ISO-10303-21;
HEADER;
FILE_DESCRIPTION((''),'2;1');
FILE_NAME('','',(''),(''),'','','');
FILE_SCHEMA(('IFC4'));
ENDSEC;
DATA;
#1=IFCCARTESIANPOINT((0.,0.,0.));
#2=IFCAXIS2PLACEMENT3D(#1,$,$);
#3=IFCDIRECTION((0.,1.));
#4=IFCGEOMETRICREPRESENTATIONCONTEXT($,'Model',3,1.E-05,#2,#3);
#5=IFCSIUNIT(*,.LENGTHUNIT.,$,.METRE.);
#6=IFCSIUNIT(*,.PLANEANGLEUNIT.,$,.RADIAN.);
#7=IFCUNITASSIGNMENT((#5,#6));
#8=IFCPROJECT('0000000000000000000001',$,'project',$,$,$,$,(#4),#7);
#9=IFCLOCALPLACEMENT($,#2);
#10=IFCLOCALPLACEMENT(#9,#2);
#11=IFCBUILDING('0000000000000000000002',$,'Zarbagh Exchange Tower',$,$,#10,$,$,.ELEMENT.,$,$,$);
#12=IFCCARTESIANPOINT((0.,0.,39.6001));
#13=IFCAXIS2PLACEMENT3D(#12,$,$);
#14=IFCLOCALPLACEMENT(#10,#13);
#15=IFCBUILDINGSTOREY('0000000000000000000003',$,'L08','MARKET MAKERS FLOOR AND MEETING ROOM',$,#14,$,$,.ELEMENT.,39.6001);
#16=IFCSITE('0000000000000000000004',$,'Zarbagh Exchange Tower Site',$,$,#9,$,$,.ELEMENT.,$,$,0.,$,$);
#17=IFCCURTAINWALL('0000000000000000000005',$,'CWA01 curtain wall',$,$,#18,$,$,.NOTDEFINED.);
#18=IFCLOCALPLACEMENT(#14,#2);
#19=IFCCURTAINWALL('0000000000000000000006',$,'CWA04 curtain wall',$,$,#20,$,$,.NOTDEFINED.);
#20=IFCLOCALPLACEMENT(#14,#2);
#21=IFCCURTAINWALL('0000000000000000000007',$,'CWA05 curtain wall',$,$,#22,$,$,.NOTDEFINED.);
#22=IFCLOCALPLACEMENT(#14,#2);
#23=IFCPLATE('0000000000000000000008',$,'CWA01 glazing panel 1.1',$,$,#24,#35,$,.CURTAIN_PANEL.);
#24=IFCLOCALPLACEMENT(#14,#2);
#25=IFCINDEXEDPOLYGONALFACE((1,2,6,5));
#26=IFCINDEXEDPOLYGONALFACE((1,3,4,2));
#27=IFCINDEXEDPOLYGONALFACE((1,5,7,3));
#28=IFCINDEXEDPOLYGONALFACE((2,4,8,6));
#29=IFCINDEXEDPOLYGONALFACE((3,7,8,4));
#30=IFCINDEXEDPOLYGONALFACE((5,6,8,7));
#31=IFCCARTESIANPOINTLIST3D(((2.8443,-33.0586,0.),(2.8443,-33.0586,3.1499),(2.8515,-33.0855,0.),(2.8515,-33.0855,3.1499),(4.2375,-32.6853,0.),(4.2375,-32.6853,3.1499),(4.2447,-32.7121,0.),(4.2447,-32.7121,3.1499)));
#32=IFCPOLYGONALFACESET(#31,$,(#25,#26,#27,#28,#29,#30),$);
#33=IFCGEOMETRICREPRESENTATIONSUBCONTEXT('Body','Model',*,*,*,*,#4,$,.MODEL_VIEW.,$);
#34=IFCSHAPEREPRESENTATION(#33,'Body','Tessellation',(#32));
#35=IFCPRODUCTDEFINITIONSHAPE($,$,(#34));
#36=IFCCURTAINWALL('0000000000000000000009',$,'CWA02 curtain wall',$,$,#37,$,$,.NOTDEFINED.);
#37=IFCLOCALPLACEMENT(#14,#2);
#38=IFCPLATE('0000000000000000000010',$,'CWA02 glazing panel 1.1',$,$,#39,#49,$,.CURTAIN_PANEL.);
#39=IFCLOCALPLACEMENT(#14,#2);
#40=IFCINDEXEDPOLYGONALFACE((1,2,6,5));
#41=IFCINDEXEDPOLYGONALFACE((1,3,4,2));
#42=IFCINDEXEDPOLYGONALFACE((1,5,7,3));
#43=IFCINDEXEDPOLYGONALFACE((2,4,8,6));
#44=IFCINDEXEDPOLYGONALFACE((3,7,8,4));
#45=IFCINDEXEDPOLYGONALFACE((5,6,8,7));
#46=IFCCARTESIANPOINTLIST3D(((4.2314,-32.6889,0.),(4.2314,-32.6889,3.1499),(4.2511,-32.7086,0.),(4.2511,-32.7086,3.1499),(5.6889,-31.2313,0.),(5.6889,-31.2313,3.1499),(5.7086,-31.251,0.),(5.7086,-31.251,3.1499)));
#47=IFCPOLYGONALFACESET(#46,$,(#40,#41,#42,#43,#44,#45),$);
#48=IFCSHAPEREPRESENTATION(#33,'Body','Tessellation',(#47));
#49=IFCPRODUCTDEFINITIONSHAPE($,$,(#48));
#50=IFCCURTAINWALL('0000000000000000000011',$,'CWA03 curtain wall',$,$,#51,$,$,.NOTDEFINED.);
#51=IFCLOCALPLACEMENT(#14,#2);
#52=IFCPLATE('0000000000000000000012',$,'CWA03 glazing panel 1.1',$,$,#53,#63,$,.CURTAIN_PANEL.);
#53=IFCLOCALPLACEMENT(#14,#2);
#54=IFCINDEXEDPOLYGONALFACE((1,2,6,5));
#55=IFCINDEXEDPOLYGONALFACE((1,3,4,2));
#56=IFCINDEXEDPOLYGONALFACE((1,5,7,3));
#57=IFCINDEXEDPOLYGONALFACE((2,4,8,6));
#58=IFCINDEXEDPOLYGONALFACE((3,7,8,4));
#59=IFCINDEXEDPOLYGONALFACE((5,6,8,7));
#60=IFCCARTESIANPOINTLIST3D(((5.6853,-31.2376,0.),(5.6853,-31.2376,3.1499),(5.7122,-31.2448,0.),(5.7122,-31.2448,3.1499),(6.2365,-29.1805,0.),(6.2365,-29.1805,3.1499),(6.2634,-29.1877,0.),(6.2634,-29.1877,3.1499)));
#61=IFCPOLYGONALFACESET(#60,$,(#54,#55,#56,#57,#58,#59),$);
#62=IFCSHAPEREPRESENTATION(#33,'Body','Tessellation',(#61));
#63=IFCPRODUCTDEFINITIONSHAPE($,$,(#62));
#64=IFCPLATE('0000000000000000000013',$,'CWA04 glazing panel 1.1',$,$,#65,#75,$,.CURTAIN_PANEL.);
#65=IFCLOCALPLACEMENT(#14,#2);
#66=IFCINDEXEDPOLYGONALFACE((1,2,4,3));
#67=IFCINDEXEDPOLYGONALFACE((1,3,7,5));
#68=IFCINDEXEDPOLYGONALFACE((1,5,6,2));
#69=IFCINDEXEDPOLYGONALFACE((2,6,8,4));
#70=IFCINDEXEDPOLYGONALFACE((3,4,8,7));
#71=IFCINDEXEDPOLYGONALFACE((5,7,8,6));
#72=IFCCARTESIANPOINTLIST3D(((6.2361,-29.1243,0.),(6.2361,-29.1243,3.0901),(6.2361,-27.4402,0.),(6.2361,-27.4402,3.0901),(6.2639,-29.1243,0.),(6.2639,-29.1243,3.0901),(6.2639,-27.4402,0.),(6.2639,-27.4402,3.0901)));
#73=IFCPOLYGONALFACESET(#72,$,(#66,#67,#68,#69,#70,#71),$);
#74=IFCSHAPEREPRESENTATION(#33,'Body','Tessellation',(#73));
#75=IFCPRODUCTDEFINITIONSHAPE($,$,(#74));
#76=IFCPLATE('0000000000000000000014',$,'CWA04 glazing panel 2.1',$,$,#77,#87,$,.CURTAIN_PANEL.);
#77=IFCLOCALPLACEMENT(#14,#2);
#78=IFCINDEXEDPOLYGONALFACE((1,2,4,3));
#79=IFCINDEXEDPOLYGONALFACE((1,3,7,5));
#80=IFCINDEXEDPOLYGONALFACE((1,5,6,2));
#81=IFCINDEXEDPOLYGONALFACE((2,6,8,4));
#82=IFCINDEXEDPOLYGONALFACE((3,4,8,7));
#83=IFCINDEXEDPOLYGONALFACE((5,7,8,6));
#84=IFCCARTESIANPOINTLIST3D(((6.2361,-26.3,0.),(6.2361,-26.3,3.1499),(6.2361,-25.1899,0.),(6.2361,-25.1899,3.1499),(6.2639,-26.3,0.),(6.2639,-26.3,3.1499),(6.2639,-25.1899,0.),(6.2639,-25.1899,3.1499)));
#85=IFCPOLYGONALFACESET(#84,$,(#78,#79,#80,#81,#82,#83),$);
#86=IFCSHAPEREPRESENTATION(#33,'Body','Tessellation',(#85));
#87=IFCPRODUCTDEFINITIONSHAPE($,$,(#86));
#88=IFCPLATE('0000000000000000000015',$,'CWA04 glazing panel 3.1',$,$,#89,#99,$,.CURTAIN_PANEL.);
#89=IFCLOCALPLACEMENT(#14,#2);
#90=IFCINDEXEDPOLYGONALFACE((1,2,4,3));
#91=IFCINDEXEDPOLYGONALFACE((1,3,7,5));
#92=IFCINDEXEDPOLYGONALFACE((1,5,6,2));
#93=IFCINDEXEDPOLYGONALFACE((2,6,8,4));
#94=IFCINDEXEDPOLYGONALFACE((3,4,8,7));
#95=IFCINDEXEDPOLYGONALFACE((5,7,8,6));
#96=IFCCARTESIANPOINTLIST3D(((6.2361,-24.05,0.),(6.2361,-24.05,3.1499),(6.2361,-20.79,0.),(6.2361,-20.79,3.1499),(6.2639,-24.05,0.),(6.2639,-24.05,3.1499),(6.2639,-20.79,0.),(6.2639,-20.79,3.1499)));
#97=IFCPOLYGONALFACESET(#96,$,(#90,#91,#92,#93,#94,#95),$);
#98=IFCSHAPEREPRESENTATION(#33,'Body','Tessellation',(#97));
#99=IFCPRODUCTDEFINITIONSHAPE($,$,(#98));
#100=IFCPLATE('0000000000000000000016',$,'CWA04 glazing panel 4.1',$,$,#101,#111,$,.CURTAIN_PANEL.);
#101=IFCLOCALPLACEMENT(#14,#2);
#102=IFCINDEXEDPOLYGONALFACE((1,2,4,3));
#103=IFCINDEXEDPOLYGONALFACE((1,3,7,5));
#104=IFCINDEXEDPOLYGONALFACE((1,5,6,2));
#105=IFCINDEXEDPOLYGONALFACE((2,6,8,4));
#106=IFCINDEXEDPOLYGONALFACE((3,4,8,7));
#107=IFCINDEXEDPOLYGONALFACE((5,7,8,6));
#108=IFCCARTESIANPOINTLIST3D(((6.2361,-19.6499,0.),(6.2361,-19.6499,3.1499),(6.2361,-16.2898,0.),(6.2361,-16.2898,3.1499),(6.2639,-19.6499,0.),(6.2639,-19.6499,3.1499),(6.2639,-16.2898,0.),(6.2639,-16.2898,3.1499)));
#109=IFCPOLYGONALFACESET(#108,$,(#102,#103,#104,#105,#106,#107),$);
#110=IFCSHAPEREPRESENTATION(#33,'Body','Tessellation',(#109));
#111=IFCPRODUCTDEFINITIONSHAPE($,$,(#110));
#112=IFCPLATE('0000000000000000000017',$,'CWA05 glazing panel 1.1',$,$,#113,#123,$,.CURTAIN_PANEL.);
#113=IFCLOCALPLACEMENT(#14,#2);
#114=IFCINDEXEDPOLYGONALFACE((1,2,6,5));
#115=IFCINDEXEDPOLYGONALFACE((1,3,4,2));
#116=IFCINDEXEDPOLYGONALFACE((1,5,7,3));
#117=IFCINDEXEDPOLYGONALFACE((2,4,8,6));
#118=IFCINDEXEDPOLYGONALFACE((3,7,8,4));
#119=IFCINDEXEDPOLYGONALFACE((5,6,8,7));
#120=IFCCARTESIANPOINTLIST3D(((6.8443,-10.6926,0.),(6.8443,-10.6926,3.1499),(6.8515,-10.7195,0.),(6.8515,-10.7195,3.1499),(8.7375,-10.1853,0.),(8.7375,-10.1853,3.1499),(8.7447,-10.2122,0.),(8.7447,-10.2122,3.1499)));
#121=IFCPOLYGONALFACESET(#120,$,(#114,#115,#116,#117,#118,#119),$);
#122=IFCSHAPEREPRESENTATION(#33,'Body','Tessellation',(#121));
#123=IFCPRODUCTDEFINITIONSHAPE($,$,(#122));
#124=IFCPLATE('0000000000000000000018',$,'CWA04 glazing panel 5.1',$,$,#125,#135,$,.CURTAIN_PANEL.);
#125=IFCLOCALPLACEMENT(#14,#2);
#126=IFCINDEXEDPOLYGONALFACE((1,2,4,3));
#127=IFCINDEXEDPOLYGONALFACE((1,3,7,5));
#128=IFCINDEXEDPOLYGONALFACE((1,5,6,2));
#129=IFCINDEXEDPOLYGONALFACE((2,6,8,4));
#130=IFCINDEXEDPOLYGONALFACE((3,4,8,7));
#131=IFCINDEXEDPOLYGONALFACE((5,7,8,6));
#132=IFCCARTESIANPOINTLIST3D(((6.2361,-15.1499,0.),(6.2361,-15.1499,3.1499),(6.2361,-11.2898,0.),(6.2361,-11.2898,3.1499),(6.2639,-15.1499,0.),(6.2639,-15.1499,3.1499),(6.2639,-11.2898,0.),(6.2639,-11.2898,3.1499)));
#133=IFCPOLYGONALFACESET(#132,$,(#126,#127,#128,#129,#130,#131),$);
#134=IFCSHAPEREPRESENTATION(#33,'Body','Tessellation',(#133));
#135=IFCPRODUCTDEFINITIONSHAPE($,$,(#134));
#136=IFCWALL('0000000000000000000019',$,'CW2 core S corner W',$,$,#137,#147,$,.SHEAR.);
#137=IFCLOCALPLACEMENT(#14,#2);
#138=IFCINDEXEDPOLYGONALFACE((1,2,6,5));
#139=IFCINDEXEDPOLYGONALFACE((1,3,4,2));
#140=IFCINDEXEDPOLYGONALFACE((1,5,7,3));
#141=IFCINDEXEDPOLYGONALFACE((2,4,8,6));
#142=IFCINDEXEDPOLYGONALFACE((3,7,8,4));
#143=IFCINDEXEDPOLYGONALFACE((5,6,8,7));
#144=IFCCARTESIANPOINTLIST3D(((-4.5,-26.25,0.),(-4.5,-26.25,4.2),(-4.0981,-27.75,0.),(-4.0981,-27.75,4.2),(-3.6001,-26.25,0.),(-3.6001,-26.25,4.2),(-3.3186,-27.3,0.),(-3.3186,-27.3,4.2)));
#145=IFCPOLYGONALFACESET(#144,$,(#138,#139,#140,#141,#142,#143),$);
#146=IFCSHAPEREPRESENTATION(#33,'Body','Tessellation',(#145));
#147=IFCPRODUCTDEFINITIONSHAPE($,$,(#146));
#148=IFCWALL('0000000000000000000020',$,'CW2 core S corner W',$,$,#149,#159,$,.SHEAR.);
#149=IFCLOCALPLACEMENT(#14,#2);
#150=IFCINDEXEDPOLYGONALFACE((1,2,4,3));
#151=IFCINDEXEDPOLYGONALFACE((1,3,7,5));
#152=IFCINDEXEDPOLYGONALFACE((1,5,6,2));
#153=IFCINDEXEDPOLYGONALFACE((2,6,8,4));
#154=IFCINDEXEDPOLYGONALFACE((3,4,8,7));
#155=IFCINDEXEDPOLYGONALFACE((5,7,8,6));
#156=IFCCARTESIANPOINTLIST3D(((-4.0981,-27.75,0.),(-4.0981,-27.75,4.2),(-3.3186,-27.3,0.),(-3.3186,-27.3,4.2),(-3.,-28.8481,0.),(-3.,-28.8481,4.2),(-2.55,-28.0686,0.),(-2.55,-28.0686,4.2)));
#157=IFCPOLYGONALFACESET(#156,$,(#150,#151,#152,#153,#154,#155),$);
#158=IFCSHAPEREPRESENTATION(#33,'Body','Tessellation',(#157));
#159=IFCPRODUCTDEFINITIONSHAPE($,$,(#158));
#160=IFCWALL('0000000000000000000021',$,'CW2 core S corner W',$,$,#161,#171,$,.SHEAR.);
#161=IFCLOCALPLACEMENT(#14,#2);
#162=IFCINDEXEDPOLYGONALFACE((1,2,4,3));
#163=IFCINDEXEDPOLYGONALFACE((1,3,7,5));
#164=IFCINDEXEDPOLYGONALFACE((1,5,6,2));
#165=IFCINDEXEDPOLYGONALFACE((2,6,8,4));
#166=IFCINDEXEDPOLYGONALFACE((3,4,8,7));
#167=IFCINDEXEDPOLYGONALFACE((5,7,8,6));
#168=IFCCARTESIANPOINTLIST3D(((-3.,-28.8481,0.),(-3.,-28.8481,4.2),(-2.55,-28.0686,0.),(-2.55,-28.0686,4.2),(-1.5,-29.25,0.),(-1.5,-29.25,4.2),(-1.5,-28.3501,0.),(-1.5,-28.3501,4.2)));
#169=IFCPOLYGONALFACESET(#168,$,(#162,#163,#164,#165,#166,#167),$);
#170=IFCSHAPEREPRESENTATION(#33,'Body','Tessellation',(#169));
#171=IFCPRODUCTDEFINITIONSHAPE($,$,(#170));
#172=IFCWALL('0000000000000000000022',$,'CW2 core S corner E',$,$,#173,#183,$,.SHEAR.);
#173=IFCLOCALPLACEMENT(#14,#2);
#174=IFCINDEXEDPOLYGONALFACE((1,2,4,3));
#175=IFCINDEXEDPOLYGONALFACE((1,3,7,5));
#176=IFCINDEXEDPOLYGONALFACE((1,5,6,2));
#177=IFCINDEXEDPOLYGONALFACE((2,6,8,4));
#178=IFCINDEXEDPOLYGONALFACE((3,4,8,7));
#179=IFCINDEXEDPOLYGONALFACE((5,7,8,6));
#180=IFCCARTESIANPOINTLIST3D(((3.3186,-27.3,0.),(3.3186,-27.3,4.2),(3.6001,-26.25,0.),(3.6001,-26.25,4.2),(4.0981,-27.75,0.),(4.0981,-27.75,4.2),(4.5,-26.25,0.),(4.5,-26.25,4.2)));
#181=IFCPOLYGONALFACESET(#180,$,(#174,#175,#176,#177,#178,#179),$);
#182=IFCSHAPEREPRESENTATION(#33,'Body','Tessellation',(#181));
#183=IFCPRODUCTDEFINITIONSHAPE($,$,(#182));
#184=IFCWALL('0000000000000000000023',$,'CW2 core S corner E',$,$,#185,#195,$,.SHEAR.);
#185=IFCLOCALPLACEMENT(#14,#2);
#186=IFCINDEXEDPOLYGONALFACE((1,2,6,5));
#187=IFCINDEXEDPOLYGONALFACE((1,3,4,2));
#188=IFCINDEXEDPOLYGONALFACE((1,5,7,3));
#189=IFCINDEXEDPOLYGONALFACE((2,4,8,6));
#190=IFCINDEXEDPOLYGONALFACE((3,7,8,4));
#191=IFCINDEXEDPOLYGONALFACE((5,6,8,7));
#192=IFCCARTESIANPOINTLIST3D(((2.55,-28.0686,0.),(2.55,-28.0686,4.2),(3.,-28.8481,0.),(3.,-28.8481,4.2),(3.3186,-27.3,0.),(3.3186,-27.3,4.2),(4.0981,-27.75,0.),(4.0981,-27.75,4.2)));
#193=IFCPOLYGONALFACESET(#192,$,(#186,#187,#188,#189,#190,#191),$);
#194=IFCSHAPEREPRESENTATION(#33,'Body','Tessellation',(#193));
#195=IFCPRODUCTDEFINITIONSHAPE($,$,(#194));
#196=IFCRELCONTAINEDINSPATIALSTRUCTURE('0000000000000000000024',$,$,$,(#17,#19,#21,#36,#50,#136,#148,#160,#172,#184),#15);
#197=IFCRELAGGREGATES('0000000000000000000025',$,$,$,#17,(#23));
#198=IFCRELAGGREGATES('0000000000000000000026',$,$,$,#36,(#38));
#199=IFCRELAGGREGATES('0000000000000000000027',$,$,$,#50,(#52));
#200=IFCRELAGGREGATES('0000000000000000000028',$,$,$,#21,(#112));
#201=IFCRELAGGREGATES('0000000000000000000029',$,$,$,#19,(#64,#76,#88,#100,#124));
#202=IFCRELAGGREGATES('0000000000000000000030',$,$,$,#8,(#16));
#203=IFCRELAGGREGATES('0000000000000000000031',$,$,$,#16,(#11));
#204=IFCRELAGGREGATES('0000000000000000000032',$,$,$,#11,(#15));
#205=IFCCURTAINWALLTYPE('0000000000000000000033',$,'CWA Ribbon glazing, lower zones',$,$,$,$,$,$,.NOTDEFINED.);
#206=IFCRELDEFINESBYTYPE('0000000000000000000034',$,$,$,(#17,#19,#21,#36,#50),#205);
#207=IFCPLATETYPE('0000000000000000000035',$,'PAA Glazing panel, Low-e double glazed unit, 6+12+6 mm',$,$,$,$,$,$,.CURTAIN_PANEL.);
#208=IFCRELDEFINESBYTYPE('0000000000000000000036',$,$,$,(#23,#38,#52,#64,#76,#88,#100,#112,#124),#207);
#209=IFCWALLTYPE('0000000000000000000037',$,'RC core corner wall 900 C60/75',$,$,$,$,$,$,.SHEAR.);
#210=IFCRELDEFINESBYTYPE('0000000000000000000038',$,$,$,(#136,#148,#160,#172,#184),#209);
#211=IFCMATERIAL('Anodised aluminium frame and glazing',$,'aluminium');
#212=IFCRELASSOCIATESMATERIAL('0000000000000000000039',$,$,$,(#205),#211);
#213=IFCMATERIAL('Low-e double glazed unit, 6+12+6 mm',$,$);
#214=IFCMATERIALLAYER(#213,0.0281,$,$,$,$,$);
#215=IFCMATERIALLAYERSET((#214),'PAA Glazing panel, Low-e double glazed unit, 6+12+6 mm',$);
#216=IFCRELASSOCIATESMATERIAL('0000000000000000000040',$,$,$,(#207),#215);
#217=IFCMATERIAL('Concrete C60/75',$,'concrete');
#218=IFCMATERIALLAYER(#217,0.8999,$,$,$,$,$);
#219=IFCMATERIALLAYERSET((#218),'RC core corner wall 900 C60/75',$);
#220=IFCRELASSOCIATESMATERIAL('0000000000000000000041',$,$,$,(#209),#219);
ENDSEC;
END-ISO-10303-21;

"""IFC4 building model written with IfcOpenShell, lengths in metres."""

from ifc_helpers import new_model, si_unit, direction, frame, origin, place, context, subcontext, project, spatial, polyline, outline, extrude, source, transform, mapped, material, layer, layer_set, type_object, element, aggregate, save


model = new_model("IFC4")

# Units and contexts
model_context = context("Model", 3, precision=1e-05, world=origin(), true_north=direction((0.0, 1.0)))
body_context = subcontext(model_context, "Body", "Model", "MODEL_VIEW")
ifc_project = project(units=[si_unit("LENGTHUNIT", "METRE"), si_unit("PLANEANGLEUNIT", "RADIAN")], contexts=[model_context])

# Site, building, storey
site_placement = place(None, origin())
site = spatial("IfcSite", under=ifc_project, at=site_placement, Name="Zarbagh Exchange Tower Site", CompositionType="ELEMENT", RefElevation=0.0)
building_placement = place(site_placement, origin())
building = spatial("IfcBuilding", under=site, at=building_placement, Name="Zarbagh Exchange Tower", CompositionType="ELEMENT")
storey_placement = place(building_placement, frame((0.0, 0.0, 39.6001)))
storey = spatial("IfcBuildingStorey", under=building, at=storey_placement, Name="L08", Description="MARKET MAKERS FLOOR AND MEETING ROOM", CompositionType="ELEMENT", Elevation=39.6001)

# Curtain wall
ifc_material_1 = material(Name="Anodised aluminium frame and glazing", Category="aluminium")
curtain_wall_type = type_object("IfcCurtainWallType", Name="CWA Ribbon glazing, lower zones", PredefinedType="NOTDEFINED", material=ifc_material_1)
curtain_wall_1_placement = place(storey_placement, origin())
curtain_wall_1 = element("IfcCurtainWall", 1, at=curtain_wall_1_placement, inside=storey, type_object=curtain_wall_type, Name="CWA01 curtain wall", PredefinedType="NOTDEFINED")
placement = place(storey_placement, origin())

# Curtain wall
curtain_wall_2_placement = place(storey_placement, origin())
curtain_wall_2 = element("IfcCurtainWall", 2, at=curtain_wall_2_placement, inside=storey, type_object=curtain_wall_type, Name="CWA04 curtain wall", PredefinedType="NOTDEFINED")

# Curtain wall
curtain_wall_3_placement = place(storey_placement, origin())
curtain_wall_3 = element("IfcCurtainWall", 3, at=curtain_wall_3_placement, inside=storey, type_object=curtain_wall_type, Name="CWA05 curtain wall", PredefinedType="NOTDEFINED")

# Plate
ifc_material_2 = material(Name="Low-e double glazed unit, 6+12+6 mm")
ifc_layer_1 = layer(ifc_material_2, 0.0281)
ifc_layer_set_1 = layer_set([ifc_layer_1], Name="PAA Glazing panel, Low-e double glazed unit, 6+12+6 mm")
plate_type = type_object("IfcPlateType", Name="PAA Glazing panel, Low-e double glazed unit, 6+12+6 mm", PredefinedType="CURTAIN_PANEL", material=ifc_layer_set_1)
shared_shape_1 = source(origin(), body_context, "Body", "SweptSolid", [
    extrude(outline(polyline([(0.0, -0.0139), (1.4424, -0.0139), (1.4424, 0.0139), (0.0, 0.0139), (0.0, -0.0139)])), origin(), (0.0, 0.0, 1.0), 3.1499),
])
plate_1 = element("IfcPlate", 4, at=placement, type_object=plate_type, Name="CWA01 glazing panel 1.1", PredefinedType="CURTAIN_PANEL", context=body_context, shape_type="MappedRepresentation", body=[
    mapped(shared_shape_1, transform((2.8479, -33.072, 0.0), x_axis=(0.965924, 0.258825, 0.0), y_axis=(-0.258825, 0.965924, 0.0), z_axis=(0.0, 0.0, 1.0))),
])
aggregate(curtain_wall_1, [plate_1])

# Curtain walls, plates
curtain_wall_4_placement = place(storey_placement, origin())
curtain_wall_4 = element("IfcCurtainWall", 5, at=curtain_wall_4_placement, inside=storey, type_object=curtain_wall_type, Name="CWA02 curtain wall", PredefinedType="NOTDEFINED")
shared_shape_2 = source(origin(), body_context, "Body", "SweptSolid", [
    extrude(outline(polyline([(0.0, -0.0139), (2.0613, -0.0139), (2.0613, 0.0139), (0.0, 0.0139), (0.0, -0.0139)])), origin(), (0.0, 0.0, 1.0), 3.1499),
])
plate_2 = element("IfcPlate", 6, at=placement, type_object=plate_type, Name="CWA02 glazing panel 1.1", PredefinedType="CURTAIN_PANEL", context=body_context, shape_type="MappedRepresentation", body=[
    mapped(shared_shape_2, transform((4.2412, -32.6987, 0.0), x_axis=(0.707107, 0.707107, 0.0), y_axis=(-0.707107, 0.707107, 0.0), z_axis=(0.0, 0.0, 1.0))),
])
aggregate(curtain_wall_4, [plate_2])
curtain_wall_5_placement = place(storey_placement, origin())
curtain_wall_5 = element("IfcCurtainWall", 7, at=curtain_wall_5_placement, inside=storey, type_object=curtain_wall_type, Name="CWA03 curtain wall", PredefinedType="NOTDEFINED")
shared_shape_3 = source(origin(), body_context, "Body", "SweptSolid", [
    extrude(outline(polyline([(0.0, -0.0139), (2.1296, -0.0139), (2.1296, 0.0139), (0.0, 0.0139), (0.0, -0.0139)])), origin(), (0.0, 0.0, 1.0), 3.1499),
])
plate_3 = element("IfcPlate", 8, at=placement, type_object=plate_type, Name="CWA03 glazing panel 1.1", PredefinedType="CURTAIN_PANEL", context=body_context, shape_type="MappedRepresentation", body=[
    mapped(shared_shape_3, transform((5.6987, -31.2412, 0.0), x_axis=(0.258825, 0.965924, 0.0), y_axis=(-0.965924, 0.258825, 0.0), z_axis=(0.0, 0.0, 1.0))),
])
aggregate(curtain_wall_5, [plate_3])

# Plates
shared_shape_4 = source(origin(), body_context, "Body", "SweptSolid", [
    extrude(outline(polyline([(0.0, -0.0139), (1.6841, -0.0139), (1.6841, 0.0139), (0.0, 0.0139), (0.0, -0.0139)])), origin(), (0.0, 0.0, 1.0), 3.0901),
])
plate_4 = element("IfcPlate", 9, at=placement, type_object=plate_type, Name="CWA04 glazing panel 1.1", PredefinedType="CURTAIN_PANEL", context=body_context, shape_type="MappedRepresentation", body=[
    mapped(shared_shape_4, transform((6.25, -29.1243, 0.0), x_axis=(0.0, 1.0, 0.0), y_axis=(-1.0, 0.0, 0.0), z_axis=(0.0, 0.0, 1.0))),
])
shared_shape_5 = source(origin(), body_context, "Body", "SweptSolid", [
    extrude(outline(polyline([(0.0, -0.0139), (1.1101, -0.0139), (1.1101, 0.0139), (0.0, 0.0139), (0.0, -0.0139)])), origin(), (0.0, 0.0, 1.0), 3.1499),
])
plate_5 = element("IfcPlate", 10, at=placement, type_object=plate_type, Name="CWA04 glazing panel 2.1", PredefinedType="CURTAIN_PANEL", context=body_context, shape_type="MappedRepresentation", body=[
    mapped(shared_shape_5, transform((6.25, -26.3, 0.0), x_axis=(0.0, 1.0, 0.0), y_axis=(-1.0, 0.0, 0.0), z_axis=(0.0, 0.0, 1.0))),
])
shared_shape_6 = source(origin(), body_context, "Body", "SweptSolid", [
    extrude(outline(polyline([(0.0, -0.0139), (3.26, -0.0139), (3.26, 0.0139), (0.0, 0.0139), (0.0, -0.0139)])), origin(), (0.0, 0.0, 1.0), 3.1499),
])
plate_6 = element("IfcPlate", 11, at=placement, type_object=plate_type, Name="CWA04 glazing panel 3.1", PredefinedType="CURTAIN_PANEL", context=body_context, shape_type="MappedRepresentation", body=[
    mapped(shared_shape_6, transform((6.25, -24.05, 0.0), x_axis=(0.0, 1.0, 0.0), y_axis=(-1.0, 0.0, 0.0), z_axis=(0.0, 0.0, 1.0))),
])
shared_shape_7 = source(origin(), body_context, "Body", "SweptSolid", [
    extrude(outline(polyline([(0.0, -0.0139), (3.3601, -0.0139), (3.3601, 0.0139), (0.0, 0.0139), (0.0, -0.0139)])), origin(), (0.0, 0.0, 1.0), 3.1499),
])
plate_7 = element("IfcPlate", 12, at=placement, type_object=plate_type, Name="CWA04 glazing panel 4.1", PredefinedType="CURTAIN_PANEL", context=body_context, shape_type="MappedRepresentation", body=[
    mapped(shared_shape_7, transform((6.25, -19.6499, 0.0), x_axis=(0.0, 1.0, 0.0), y_axis=(-1.0, 0.0, 0.0), z_axis=(0.0, 0.0, 1.0))),
])
shared_shape_8 = source(origin(), body_context, "Body", "SweptSolid", [
    extrude(outline(polyline([(0.0, -0.0139), (1.96, -0.0139), (1.96, 0.0139), (0.0, 0.0139), (0.0, -0.0139)])), origin(), (0.0, 0.0, 1.0), 3.1499),
])
plate_8 = element("IfcPlate", 13, at=placement, type_object=plate_type, Name="CWA05 glazing panel 1.1", PredefinedType="CURTAIN_PANEL", context=body_context, shape_type="MappedRepresentation", body=[
    mapped(shared_shape_8, transform((6.8479, -10.7061, 0.0), x_axis=(0.965924, 0.258825, 0.0), y_axis=(-0.258825, 0.965924, 0.0), z_axis=(0.0, 0.0, 1.0))),
])
aggregate(curtain_wall_3, [plate_8])
shared_shape_9 = source(origin(), body_context, "Body", "SweptSolid", [
    extrude(outline(polyline([(0.0, -0.0139), (3.8601, -0.0139), (3.8601, 0.0139), (0.0, 0.0139), (0.0, -0.0139)])), origin(), (0.0, 0.0, 1.0), 3.1499),
])
plate_9 = element("IfcPlate", 14, at=placement, type_object=plate_type, Name="CWA04 glazing panel 5.1", PredefinedType="CURTAIN_PANEL", context=body_context, shape_type="MappedRepresentation", body=[
    mapped(shared_shape_9, transform((6.25, -15.1499, 0.0), x_axis=(0.0, 1.0, 0.0), y_axis=(-1.0, 0.0, 0.0), z_axis=(0.0, 0.0, 1.0))),
])
aggregate(curtain_wall_2, [plate_4, plate_5, plate_6, plate_7, plate_9])

# Walls
ifc_material_3 = material(Name="Concrete C60/75", Category="concrete")
ifc_layer_2 = layer(ifc_material_3, 0.8999)
ifc_layer_set_2 = layer_set([ifc_layer_2], Name="RC core corner wall 900 C60/75")
wall_type = type_object("IfcWallType", Name="RC core corner wall 900 C60/75", PredefinedType="SHEAR", material=ifc_layer_set_2)
wall_1_placement = place(storey_placement, origin())
element("IfcWall", 15, at=wall_1_placement, inside=storey, type_object=wall_type, Name="CW2 core S corner W", PredefinedType="SHEAR", context=body_context, shape_type="SweptSolid", body=[
    extrude(outline(polyline([(-4.5, -26.25), (-4.0981, -27.75), (-3.3186, -27.3), (-3.6001, -26.25), (-4.5, -26.25)])), origin(), (0.0, 0.0, 1.0), 4.2),
])
wall_2_placement = place(storey_placement, origin())
element("IfcWall", 16, at=wall_2_placement, inside=storey, type_object=wall_type, Name="CW2 core S corner W", PredefinedType="SHEAR", context=body_context, shape_type="SweptSolid", body=[
    extrude(outline(polyline([(-4.0981, -27.75), (-3.0, -28.8481), (-2.55, -28.0686), (-3.3186, -27.3), (-4.0981, -27.75)])), origin(), (0.0, 0.0, 1.0), 4.2),
])
wall_3_placement = place(storey_placement, origin())
element("IfcWall", 17, at=wall_3_placement, inside=storey, type_object=wall_type, Name="CW2 core S corner W", PredefinedType="SHEAR", context=body_context, shape_type="SweptSolid", body=[
    extrude(outline(polyline([(-3.0, -28.8481), (-1.5, -29.25), (-1.5, -28.3501), (-2.55, -28.0686), (-3.0, -28.8481)])), origin(), (0.0, 0.0, 1.0), 4.2),
])
wall_4_placement = place(storey_placement, origin())
element("IfcWall", 18, at=wall_4_placement, inside=storey, type_object=wall_type, Name="CW2 core S corner E", PredefinedType="SHEAR", context=body_context, shape_type="SweptSolid", body=[
    extrude(outline(polyline([(4.5, -26.25), (4.0981, -27.75), (3.3186, -27.3), (3.6001, -26.25), (4.5, -26.25)])), origin(), (0.0, 0.0, 1.0), 4.2),
])
wall_5_placement = place(storey_placement, origin())
element("IfcWall", 19, at=wall_5_placement, inside=storey, type_object=wall_type, Name="CW2 core S corner E", PredefinedType="SHEAR", context=body_context, shape_type="SweptSolid", body=[
    extrude(outline(polyline([(4.0981, -27.75), (3.0, -28.8481), (2.55, -28.0686), (3.3186, -27.3), (4.0981, -27.75)])), origin(), (0.0, 0.0, 1.0), 4.2),
])

save(model, "model.ifc")
